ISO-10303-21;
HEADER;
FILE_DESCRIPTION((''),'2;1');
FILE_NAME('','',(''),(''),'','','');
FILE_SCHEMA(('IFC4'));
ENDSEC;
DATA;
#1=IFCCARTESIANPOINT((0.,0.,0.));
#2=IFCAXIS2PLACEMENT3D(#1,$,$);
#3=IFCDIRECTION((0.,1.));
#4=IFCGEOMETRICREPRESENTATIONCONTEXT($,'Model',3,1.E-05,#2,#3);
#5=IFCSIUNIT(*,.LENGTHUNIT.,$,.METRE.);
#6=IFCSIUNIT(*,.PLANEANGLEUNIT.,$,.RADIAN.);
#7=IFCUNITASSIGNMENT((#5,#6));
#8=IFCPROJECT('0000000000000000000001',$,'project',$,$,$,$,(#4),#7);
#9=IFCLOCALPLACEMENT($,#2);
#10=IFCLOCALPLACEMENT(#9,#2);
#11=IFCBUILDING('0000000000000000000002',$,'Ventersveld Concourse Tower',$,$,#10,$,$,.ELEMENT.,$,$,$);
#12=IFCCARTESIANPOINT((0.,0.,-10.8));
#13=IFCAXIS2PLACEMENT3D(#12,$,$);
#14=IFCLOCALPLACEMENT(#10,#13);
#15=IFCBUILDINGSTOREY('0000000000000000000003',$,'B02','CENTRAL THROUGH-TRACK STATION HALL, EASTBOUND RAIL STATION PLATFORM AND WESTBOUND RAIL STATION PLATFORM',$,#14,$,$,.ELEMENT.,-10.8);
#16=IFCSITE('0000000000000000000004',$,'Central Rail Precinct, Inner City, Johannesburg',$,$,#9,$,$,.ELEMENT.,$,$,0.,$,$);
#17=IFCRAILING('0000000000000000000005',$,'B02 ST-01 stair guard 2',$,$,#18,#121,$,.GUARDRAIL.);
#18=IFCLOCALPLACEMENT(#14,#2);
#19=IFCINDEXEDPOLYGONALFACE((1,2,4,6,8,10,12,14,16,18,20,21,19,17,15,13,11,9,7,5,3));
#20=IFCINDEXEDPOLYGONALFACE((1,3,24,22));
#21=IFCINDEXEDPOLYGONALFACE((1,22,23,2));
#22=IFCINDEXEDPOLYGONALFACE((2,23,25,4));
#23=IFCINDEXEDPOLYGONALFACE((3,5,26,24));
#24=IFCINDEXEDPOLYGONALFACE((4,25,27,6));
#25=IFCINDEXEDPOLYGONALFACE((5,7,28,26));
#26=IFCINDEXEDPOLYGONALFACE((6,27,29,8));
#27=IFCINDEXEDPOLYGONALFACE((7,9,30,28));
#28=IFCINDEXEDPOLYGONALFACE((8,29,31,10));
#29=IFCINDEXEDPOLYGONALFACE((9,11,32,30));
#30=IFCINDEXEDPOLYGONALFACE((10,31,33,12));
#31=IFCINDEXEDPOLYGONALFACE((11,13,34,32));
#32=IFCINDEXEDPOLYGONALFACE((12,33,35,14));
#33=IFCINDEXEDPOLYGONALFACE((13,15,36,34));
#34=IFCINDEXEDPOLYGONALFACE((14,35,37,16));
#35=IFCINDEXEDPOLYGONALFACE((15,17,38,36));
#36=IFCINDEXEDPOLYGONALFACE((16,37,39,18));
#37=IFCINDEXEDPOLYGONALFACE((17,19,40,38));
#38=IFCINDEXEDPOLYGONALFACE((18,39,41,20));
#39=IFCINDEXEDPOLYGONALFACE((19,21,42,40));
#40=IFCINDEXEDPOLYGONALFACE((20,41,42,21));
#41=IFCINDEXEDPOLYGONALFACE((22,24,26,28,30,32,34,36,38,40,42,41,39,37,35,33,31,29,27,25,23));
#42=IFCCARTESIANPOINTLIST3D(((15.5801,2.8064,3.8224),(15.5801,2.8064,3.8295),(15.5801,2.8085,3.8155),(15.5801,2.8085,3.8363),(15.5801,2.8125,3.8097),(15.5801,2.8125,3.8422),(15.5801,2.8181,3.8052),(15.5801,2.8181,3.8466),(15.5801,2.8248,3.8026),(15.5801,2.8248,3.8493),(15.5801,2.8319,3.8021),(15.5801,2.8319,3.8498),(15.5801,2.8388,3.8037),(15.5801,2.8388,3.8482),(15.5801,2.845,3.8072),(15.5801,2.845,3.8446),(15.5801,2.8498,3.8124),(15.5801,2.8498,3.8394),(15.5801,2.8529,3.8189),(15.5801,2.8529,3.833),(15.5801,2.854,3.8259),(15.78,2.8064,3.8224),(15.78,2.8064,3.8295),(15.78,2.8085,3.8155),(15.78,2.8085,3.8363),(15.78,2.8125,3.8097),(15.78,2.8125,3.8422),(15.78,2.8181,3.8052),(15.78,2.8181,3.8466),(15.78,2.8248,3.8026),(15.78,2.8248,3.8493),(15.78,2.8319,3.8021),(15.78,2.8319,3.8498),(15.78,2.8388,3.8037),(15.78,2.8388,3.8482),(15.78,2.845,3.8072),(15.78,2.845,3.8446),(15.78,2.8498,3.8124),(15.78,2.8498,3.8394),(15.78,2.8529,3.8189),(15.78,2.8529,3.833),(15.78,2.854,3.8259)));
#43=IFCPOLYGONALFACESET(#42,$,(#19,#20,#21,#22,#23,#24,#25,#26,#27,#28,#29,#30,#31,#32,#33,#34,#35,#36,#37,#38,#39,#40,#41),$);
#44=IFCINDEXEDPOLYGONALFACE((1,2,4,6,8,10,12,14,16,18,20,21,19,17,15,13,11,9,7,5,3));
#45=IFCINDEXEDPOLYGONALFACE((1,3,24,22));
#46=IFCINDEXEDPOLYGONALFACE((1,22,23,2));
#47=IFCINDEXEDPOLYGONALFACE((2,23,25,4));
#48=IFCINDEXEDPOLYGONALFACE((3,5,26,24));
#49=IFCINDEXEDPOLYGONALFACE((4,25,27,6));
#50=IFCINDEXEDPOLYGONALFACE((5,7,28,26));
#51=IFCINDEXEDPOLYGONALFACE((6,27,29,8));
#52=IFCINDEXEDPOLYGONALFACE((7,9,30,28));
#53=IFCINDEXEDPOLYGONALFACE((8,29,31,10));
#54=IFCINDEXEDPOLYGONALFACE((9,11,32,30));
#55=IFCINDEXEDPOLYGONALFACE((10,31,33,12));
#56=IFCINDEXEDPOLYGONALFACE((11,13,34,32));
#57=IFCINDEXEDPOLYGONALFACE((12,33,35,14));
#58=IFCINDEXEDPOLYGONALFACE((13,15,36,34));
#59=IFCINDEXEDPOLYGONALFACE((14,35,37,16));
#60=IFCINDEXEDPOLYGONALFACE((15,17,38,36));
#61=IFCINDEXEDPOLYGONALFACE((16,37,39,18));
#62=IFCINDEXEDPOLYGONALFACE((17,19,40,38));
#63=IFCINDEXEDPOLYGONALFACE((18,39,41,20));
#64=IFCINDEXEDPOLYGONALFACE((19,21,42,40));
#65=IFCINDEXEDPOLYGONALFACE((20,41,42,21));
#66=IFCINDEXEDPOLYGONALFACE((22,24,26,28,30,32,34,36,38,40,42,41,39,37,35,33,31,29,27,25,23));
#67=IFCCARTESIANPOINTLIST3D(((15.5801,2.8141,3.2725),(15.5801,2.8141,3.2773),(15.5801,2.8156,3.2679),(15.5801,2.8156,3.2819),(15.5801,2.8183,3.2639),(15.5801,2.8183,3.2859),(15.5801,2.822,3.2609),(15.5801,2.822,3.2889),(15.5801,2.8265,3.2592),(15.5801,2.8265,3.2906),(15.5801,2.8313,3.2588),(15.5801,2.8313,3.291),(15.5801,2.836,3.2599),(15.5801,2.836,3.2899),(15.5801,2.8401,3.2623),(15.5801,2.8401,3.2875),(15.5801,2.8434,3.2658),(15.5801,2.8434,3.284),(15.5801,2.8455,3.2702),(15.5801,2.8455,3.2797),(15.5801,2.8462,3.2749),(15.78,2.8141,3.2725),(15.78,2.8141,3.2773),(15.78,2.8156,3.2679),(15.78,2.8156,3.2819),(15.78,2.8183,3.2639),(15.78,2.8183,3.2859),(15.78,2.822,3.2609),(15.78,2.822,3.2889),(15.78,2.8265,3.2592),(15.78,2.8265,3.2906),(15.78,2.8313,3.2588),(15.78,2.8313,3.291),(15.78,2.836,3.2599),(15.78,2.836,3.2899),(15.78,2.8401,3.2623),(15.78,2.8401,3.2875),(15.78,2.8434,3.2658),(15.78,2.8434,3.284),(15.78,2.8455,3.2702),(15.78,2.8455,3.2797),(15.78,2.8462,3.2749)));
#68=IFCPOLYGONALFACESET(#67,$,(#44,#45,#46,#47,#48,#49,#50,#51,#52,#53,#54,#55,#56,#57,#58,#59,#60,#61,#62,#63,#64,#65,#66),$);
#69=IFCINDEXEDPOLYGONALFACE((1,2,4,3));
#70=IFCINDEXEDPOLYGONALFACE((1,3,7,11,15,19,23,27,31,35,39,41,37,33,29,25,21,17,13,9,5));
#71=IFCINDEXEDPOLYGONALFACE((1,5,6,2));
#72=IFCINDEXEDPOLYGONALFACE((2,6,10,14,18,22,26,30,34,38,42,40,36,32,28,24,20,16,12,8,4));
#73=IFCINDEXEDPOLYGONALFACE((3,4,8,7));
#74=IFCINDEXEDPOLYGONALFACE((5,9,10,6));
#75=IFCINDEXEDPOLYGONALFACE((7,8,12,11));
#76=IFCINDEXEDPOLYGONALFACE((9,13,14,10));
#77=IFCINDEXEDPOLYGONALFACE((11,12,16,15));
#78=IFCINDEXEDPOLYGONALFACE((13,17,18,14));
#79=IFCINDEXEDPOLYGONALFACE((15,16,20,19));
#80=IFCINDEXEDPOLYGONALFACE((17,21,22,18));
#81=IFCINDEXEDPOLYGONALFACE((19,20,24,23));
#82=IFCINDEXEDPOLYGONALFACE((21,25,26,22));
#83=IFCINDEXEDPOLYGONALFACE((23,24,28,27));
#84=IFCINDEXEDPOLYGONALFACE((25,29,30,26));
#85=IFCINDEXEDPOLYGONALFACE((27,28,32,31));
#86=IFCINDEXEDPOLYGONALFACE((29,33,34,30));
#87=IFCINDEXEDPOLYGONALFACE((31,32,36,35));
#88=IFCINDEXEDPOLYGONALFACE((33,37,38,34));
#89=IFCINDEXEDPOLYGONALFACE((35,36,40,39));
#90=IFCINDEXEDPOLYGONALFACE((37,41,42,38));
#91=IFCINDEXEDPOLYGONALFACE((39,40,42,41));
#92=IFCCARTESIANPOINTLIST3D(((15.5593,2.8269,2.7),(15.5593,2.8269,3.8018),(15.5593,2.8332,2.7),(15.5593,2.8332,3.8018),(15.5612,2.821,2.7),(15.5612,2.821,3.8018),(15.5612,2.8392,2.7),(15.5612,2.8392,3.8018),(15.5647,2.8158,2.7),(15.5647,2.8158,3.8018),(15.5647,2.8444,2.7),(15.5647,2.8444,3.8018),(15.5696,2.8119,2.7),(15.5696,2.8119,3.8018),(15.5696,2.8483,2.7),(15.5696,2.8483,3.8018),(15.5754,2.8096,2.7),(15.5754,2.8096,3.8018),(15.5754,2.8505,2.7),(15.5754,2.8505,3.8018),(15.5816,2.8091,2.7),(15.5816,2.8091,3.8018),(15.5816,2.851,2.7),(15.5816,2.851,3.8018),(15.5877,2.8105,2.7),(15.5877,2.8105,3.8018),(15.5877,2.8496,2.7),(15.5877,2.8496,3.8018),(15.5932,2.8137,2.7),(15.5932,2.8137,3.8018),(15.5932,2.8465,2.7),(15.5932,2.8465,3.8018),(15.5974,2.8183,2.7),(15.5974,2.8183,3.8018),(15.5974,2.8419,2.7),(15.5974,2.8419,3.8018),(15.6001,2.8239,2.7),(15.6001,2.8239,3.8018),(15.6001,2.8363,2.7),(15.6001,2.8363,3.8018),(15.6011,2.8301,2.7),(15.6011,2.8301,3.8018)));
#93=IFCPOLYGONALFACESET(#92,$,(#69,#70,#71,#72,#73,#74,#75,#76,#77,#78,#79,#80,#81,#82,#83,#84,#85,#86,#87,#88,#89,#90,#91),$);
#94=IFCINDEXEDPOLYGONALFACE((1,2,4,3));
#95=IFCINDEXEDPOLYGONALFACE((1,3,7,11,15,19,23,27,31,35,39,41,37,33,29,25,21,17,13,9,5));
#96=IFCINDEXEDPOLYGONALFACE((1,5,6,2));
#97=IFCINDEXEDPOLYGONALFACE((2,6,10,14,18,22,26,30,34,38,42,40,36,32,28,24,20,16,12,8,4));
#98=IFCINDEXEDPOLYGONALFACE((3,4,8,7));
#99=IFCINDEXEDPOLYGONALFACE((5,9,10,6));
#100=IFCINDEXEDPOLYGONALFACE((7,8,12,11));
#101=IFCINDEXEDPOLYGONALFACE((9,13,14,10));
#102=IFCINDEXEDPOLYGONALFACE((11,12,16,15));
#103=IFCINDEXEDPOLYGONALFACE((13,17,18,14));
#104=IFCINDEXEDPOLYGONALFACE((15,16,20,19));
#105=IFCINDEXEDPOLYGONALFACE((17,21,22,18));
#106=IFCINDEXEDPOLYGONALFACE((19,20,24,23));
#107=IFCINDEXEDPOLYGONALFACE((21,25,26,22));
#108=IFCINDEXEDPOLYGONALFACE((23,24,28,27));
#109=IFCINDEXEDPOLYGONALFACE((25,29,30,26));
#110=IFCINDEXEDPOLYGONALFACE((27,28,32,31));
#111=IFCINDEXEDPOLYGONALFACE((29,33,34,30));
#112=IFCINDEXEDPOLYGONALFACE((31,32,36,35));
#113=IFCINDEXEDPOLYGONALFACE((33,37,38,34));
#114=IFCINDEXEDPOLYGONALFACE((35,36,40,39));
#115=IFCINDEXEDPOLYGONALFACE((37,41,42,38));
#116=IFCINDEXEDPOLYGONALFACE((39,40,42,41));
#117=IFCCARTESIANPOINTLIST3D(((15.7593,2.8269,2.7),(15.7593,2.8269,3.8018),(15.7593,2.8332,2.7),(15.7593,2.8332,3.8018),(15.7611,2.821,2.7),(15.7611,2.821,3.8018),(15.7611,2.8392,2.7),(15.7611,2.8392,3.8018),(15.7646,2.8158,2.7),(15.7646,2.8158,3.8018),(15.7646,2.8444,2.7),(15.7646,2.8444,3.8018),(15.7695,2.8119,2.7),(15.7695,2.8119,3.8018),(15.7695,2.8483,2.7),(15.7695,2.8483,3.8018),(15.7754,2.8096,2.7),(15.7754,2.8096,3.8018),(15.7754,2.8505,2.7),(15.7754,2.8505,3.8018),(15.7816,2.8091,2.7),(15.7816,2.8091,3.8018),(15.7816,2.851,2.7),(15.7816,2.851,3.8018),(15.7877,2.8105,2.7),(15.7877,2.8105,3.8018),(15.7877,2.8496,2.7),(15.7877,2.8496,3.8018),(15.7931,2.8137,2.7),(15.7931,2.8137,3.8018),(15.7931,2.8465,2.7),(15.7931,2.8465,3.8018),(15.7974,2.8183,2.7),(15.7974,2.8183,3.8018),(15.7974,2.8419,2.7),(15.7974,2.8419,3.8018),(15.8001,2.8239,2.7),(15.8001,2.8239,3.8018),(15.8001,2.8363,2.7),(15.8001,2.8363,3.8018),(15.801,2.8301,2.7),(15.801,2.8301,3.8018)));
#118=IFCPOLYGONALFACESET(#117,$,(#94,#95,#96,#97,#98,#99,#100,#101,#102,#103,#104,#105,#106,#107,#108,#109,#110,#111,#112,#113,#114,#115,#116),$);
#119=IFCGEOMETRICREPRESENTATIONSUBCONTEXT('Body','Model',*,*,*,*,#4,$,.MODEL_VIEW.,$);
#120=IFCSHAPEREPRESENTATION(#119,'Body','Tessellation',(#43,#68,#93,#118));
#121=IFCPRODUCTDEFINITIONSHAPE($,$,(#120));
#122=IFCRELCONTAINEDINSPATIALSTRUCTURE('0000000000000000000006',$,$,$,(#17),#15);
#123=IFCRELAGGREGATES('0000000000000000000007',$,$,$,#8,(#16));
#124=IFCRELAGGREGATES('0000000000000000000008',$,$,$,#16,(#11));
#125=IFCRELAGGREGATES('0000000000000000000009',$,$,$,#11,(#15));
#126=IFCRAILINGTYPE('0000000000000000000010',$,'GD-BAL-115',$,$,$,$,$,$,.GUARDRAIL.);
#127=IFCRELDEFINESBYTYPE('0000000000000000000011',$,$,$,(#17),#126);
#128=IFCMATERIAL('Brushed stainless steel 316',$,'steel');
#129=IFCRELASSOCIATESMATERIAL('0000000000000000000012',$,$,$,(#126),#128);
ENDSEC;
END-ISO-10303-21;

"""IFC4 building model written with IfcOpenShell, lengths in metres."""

from ifc_helpers import new_model, si_unit, direction, frame, origin, origin_2d, place, context, subcontext, project, spatial, circle, extrude, material, type_object, element, save


model = new_model("IFC4")

# Units and contexts
model_context = context("Model", 3, precision=1e-05, world=origin(), true_north=direction((0.0, 1.0)))
body_context = subcontext(model_context, "Body", "Model", "MODEL_VIEW")
ifc_project = project(units=[si_unit("LENGTHUNIT", "METRE"), si_unit("PLANEANGLEUNIT", "RADIAN")], contexts=[model_context])

# Site, building, storey
site_placement = place(None, origin())
site = spatial("IfcSite", under=ifc_project, at=site_placement, Name="Central Rail Precinct, Inner City, Johannesburg", CompositionType="ELEMENT", RefElevation=0.0)
building_placement = place(site_placement, origin())
building = spatial("IfcBuilding", under=site, at=building_placement, Name="Ventersveld Concourse Tower", CompositionType="ELEMENT")
storey_placement = place(building_placement, frame((0.0, 0.0, -10.8)))
storey = spatial("IfcBuildingStorey", under=building, at=storey_placement, Name="B02", Description="CENTRAL THROUGH-TRACK STATION HALL, EASTBOUND RAIL STATION PLATFORM AND WESTBOUND RAIL STATION PLATFORM", CompositionType="ELEMENT", Elevation=-10.8)

# Shared definitions
ifc_material_1 = material(Name="Brushed stainless steel 316", Category="steel")

# Railing
railing_type_1 = type_object("IfcRailingType", Name="GD-BAL-115", PredefinedType="GUARDRAIL", material=ifc_material_1)
railing_1_placement = place(storey_placement, frame((15.5801, 2.8301, 2.7)))
element("IfcRailing", 1, at=railing_1_placement, inside=storey, type_object=railing_type_1, Name="B02 ST-01 stair guard 2", PredefinedType="GUARDRAIL", context=body_context, shape_type="SweptSolid", body=[
    extrude(circle(Radius=0.0239, at=origin_2d()), frame((0.0, 0.0, 1.126), z_axis=(1.0, 0.0, 0.0), x_axis=(0.0, 1.0, 0.0)), (0.0, 0.0, 1.0), 0.2),
    extrude(circle(Radius=0.0161, at=origin_2d()), frame((0.0, 0.0, 0.575), z_axis=(1.0, 0.0, 0.0), x_axis=(0.0, 1.0, 0.0)), (0.0, 0.0, 1.0), 0.2),
    extrude(circle(Radius=0.021, at=origin_2d()), origin(), (0.0, 0.0, 1.0), 1.1018),
    extrude(circle(Radius=0.021, at=origin_2d()), frame((0.2, 0.0, 0.0)), (0.0, 0.0, 1.0), 1.1018),
])

save(model, "model.ifc")
